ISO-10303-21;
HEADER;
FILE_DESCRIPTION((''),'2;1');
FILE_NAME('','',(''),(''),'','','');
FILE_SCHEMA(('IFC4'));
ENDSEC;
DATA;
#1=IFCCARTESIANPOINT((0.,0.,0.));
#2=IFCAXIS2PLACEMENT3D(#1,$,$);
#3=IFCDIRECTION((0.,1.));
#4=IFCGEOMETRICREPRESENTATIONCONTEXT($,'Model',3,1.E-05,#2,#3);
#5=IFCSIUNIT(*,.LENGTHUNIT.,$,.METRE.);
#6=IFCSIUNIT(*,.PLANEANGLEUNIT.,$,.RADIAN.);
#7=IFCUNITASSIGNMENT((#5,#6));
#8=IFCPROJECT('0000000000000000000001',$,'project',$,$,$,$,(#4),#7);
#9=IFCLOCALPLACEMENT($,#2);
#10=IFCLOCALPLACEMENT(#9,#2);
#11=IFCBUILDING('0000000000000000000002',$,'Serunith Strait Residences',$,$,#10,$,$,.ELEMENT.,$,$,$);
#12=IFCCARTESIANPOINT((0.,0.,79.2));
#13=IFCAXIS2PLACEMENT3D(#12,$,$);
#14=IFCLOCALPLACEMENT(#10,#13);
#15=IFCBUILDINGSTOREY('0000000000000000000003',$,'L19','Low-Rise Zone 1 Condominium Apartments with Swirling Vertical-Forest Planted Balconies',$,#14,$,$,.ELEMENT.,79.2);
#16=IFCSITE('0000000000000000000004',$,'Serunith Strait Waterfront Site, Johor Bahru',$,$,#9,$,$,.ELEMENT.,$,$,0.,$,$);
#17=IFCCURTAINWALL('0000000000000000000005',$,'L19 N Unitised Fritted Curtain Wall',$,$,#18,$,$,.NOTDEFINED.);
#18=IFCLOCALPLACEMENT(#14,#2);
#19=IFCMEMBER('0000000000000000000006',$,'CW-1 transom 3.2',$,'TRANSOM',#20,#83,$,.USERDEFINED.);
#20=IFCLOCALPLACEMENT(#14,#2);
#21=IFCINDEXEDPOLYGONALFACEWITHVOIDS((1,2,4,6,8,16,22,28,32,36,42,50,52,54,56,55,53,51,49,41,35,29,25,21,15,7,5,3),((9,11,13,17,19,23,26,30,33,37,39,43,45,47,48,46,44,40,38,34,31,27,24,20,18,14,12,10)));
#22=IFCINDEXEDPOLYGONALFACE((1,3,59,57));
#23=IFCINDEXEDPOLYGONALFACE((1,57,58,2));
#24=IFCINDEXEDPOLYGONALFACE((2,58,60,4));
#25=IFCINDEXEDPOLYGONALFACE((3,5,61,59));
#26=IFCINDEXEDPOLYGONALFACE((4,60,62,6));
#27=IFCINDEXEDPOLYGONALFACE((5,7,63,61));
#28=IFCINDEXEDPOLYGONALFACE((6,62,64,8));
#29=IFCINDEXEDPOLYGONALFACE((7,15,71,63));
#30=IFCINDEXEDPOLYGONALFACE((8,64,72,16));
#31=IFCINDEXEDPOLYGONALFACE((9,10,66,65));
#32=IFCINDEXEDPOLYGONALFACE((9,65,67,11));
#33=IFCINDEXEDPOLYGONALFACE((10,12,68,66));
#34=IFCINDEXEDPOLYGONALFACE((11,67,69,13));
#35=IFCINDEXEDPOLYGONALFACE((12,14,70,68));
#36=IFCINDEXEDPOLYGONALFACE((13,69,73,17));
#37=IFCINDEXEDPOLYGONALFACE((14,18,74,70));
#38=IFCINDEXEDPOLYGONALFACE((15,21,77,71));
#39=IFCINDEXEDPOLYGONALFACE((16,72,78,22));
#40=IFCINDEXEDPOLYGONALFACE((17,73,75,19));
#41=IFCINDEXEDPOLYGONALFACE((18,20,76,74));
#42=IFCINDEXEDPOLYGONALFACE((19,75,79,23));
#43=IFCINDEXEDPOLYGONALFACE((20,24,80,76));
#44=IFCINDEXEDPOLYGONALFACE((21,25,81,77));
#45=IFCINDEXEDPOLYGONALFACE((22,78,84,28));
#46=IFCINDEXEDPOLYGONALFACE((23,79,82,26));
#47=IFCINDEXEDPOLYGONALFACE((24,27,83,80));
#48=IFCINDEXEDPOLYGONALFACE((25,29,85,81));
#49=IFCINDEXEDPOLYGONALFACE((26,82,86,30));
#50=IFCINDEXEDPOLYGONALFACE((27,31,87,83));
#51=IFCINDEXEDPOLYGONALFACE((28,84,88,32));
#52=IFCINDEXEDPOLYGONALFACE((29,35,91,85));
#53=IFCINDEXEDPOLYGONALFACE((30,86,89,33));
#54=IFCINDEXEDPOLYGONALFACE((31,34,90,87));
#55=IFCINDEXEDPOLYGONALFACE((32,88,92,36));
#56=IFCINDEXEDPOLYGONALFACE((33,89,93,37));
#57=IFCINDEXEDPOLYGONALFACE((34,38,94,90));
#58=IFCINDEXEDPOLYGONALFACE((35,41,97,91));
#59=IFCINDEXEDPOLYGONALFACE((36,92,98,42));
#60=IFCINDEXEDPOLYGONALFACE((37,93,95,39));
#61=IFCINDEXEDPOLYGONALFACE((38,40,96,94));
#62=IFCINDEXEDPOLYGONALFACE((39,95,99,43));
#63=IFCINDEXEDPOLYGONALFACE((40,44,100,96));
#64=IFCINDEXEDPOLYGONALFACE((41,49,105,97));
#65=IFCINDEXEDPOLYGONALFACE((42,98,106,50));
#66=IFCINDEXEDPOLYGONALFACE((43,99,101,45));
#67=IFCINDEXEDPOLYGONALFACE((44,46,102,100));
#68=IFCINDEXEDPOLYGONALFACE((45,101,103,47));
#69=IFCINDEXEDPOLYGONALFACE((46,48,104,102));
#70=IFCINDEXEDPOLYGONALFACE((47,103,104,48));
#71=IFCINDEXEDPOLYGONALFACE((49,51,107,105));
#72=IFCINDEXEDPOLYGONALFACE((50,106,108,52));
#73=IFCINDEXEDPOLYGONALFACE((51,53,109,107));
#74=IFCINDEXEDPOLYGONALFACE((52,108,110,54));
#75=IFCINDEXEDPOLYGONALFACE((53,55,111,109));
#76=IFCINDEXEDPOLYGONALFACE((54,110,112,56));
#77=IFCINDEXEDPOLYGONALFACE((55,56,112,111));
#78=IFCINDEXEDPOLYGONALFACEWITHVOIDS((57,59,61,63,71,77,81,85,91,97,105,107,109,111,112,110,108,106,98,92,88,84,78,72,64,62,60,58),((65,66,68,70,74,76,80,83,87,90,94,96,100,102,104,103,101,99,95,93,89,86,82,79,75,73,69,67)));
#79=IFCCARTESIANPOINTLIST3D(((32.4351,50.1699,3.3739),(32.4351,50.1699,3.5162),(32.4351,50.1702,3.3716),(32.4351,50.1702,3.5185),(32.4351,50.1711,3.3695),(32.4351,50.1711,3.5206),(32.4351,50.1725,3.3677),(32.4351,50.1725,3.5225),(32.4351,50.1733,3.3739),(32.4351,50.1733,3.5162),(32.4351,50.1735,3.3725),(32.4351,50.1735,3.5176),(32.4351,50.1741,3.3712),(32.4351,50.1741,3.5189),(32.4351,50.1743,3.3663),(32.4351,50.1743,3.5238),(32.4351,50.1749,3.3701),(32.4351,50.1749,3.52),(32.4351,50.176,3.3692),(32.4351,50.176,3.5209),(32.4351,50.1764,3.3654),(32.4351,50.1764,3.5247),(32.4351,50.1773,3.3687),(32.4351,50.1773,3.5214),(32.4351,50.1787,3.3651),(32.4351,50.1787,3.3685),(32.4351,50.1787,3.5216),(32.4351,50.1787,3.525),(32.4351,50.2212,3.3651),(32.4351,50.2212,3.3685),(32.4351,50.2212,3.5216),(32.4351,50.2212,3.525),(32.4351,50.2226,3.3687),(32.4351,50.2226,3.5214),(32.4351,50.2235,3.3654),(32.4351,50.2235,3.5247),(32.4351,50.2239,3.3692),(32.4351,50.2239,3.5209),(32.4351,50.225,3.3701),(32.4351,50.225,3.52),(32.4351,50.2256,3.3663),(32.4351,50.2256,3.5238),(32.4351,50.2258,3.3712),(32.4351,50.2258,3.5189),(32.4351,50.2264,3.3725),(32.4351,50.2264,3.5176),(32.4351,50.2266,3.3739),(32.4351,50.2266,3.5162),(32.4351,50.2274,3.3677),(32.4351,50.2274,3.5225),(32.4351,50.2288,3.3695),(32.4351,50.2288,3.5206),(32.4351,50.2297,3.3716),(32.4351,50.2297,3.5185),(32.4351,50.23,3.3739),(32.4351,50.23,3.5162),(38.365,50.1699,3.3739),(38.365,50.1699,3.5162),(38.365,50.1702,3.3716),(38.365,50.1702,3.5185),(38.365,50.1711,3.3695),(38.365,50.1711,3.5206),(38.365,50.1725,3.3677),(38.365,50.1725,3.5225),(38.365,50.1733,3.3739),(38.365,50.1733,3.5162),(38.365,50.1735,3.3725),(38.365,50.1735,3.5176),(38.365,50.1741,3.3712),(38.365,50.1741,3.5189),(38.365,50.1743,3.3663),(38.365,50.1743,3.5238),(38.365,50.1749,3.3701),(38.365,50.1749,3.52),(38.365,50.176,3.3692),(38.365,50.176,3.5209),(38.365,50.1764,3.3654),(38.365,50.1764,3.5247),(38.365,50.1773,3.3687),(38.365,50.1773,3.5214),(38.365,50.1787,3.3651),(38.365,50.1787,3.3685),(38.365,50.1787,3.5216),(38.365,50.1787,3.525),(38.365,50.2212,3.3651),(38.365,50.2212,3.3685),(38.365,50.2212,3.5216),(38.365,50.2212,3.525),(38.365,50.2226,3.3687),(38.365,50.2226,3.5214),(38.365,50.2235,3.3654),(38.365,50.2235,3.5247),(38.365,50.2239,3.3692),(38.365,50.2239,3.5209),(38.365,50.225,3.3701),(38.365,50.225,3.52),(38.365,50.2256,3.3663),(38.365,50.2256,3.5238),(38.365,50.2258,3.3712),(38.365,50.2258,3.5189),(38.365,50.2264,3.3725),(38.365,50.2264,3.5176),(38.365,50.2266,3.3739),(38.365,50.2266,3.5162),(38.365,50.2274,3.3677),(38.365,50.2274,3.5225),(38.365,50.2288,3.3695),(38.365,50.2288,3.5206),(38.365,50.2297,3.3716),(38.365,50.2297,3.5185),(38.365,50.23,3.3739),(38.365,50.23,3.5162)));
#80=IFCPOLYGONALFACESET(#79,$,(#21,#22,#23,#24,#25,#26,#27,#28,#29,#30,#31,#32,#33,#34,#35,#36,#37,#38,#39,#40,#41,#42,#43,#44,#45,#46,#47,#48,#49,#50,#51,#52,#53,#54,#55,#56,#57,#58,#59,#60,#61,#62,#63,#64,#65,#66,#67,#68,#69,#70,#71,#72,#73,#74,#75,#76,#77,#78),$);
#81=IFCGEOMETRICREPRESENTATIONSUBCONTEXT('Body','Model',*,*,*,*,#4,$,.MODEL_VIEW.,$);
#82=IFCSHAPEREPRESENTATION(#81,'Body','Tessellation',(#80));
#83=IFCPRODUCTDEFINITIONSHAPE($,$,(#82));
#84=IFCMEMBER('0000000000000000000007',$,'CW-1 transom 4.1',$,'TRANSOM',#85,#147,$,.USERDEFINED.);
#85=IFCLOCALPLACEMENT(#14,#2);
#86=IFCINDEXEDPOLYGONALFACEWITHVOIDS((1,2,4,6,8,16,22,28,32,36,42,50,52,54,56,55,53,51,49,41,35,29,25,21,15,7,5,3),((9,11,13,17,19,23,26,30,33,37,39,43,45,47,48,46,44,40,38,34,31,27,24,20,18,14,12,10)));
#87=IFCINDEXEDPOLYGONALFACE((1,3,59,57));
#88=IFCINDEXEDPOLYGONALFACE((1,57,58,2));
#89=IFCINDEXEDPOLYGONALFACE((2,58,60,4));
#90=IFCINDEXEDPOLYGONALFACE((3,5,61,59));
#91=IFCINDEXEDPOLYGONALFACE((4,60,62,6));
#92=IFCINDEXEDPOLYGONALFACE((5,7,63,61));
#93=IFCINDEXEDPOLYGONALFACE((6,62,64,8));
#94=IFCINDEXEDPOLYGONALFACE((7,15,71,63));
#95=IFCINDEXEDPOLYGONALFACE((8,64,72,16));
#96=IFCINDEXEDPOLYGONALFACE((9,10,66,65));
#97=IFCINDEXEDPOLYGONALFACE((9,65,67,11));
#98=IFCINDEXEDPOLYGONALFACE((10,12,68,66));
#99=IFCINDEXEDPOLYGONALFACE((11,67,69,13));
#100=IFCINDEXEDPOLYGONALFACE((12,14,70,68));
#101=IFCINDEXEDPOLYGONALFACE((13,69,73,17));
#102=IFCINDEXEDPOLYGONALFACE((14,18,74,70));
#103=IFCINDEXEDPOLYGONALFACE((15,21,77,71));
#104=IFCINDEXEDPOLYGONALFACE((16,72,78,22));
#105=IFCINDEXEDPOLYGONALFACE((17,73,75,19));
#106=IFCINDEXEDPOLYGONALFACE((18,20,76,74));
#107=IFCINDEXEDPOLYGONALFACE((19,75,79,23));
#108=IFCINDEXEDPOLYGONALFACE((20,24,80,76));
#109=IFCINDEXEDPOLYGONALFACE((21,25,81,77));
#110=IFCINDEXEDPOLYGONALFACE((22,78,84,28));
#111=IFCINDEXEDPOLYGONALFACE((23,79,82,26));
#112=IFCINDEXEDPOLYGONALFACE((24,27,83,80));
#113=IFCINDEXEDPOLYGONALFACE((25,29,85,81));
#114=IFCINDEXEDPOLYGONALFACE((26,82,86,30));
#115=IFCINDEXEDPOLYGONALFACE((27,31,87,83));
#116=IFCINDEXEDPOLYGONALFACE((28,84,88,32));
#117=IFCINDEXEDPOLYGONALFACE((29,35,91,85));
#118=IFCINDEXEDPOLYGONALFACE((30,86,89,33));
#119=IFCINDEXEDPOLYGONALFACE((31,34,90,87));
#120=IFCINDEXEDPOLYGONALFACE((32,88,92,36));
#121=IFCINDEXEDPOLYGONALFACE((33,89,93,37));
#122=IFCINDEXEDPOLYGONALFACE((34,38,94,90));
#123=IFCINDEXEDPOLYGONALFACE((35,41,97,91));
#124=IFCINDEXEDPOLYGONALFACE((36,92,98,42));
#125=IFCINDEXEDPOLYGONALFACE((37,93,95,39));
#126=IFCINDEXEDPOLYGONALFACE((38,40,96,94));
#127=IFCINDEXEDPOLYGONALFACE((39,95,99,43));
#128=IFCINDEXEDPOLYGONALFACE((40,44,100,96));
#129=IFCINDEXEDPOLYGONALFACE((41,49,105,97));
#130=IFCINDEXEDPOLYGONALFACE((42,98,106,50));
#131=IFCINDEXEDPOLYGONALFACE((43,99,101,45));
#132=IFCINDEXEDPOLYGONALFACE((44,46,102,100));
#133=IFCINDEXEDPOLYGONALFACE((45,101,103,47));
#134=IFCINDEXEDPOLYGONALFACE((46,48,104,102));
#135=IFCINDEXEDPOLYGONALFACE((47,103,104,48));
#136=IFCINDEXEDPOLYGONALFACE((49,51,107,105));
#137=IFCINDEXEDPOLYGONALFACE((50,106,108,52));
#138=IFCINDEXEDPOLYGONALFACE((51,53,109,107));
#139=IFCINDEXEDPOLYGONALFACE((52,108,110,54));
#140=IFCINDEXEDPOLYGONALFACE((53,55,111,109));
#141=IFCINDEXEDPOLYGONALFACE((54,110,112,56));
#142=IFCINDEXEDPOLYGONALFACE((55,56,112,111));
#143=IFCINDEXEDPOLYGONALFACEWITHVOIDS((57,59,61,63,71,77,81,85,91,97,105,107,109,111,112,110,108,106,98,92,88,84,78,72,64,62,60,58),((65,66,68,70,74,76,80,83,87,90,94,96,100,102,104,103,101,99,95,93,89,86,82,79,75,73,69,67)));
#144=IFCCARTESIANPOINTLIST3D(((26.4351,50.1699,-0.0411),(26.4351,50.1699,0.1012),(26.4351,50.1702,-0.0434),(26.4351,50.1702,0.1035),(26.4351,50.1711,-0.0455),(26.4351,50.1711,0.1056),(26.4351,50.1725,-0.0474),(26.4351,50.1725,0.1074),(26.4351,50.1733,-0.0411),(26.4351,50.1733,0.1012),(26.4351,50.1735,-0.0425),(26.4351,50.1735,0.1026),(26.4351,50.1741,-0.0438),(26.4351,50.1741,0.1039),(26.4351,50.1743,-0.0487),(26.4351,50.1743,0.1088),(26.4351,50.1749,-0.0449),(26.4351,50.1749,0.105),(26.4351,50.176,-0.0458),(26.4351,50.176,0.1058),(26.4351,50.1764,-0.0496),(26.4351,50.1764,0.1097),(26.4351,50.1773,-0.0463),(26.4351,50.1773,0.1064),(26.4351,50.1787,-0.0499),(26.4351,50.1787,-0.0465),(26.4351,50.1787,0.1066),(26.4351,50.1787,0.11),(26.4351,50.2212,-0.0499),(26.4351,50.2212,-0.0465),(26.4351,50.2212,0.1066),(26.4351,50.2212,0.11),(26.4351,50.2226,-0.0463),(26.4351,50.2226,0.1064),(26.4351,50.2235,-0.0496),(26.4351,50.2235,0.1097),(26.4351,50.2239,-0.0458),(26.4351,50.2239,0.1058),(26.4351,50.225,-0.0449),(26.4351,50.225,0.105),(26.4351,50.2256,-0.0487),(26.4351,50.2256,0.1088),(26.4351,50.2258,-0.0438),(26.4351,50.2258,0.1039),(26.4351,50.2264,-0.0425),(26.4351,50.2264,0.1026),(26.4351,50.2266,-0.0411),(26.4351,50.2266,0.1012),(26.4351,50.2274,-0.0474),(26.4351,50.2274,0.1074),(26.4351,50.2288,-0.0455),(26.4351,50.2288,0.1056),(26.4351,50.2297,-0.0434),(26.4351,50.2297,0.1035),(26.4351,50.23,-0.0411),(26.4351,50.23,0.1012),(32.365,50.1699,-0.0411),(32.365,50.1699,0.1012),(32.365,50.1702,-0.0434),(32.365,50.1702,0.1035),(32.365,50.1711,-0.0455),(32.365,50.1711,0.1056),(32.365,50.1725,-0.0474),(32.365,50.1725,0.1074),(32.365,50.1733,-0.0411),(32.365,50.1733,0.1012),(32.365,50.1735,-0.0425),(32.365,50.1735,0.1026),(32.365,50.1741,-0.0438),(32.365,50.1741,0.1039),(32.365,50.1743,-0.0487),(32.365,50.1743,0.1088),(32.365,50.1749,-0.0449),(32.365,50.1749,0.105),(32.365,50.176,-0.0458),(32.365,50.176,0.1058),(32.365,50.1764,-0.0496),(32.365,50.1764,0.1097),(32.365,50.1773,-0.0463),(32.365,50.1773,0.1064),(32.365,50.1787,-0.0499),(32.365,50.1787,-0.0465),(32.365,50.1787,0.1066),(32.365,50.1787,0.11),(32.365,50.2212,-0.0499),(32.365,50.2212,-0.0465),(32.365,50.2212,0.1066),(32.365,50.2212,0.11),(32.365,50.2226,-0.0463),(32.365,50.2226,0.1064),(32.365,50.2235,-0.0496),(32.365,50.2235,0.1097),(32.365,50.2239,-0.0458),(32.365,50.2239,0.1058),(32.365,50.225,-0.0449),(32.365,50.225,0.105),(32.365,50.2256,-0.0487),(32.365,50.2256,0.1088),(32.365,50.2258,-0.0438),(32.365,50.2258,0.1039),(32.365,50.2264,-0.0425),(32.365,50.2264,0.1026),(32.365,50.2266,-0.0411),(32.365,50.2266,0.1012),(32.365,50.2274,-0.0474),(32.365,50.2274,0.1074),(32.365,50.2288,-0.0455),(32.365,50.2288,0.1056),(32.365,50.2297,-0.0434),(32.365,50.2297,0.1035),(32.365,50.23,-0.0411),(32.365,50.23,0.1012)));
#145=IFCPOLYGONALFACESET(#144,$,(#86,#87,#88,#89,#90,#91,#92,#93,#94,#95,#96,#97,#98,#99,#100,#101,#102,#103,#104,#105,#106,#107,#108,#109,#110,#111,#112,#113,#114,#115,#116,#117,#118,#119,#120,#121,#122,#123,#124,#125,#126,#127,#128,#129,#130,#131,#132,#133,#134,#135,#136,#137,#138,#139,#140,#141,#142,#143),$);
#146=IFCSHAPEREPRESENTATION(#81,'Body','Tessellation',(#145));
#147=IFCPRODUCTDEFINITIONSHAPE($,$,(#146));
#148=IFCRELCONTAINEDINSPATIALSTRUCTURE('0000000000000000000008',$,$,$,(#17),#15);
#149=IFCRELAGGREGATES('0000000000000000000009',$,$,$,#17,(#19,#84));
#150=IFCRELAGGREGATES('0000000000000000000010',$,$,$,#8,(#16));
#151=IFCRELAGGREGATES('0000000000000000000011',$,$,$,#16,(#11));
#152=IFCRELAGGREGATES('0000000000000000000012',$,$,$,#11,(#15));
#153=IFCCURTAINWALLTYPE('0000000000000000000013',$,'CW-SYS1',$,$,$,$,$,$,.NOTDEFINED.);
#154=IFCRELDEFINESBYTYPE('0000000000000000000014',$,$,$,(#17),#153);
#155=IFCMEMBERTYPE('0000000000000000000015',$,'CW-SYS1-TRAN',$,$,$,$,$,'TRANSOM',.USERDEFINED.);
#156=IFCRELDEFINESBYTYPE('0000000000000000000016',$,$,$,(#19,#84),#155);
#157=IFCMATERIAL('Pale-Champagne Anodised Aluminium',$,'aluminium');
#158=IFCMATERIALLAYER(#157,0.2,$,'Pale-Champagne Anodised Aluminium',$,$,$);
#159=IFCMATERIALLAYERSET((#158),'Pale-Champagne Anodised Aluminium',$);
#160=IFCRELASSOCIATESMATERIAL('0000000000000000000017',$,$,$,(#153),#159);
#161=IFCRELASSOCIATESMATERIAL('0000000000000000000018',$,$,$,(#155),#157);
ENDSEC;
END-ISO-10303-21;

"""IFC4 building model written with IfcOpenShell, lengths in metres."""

from ifc_helpers import new_model, si_unit, direction, frame, origin, origin_2d, place, context, subcontext, project, spatial, hollow_rectangle, extrude, source, transform, mapped, material, layer, layer_set, material_profile, profile_set, type_object, element, aggregate, save


model = new_model("IFC4")

# Units and contexts
model_context = context("Model", 3, precision=1e-05, world=origin(), true_north=direction((0.0, 1.0)))
body_context = subcontext(model_context, "Body", "Model", "MODEL_VIEW")
ifc_project = project(units=[si_unit("LENGTHUNIT", "METRE"), si_unit("PLANEANGLEUNIT", "RADIAN")], contexts=[model_context])

# Site, building, storey
site_placement = place(None, origin())
site = spatial("IfcSite", under=ifc_project, at=site_placement, Name="Serunith Strait Waterfront Site, Johor Bahru", CompositionType="ELEMENT", RefElevation=0.0)
building_placement = place(site_placement, origin())
building = spatial("IfcBuilding", under=site, at=building_placement, Name="Serunith Strait Residences", CompositionType="ELEMENT")
storey_placement = place(building_placement, frame((0.0, 0.0, 79.2)))
storey = spatial("IfcBuildingStorey", under=building, at=storey_placement, Name="L19", Description="Low-Rise Zone 1 Condominium Apartments with Swirling Vertical-Forest Planted Balconies", CompositionType="ELEMENT", Elevation=79.2)

# Curtain wall, members
ifc_material_1 = material(Name="Pale-Champagne Anodised Aluminium", Category="aluminium")
ifc_layer_1 = layer(ifc_material_1, 0.2, Name="Pale-Champagne Anodised Aluminium")
ifc_layer_set_1 = layer_set([ifc_layer_1], Name="Pale-Champagne Anodised Aluminium")
curtain_wall_type = type_object("IfcCurtainWallType", Name="CW-SYS1", PredefinedType="NOTDEFINED", material=ifc_layer_set_1)
curtain_wall_placement = place(storey_placement, origin())
curtain_wall = element("IfcCurtainWall", 1, at=curtain_wall_placement, inside=storey, type_object=curtain_wall_type, Name="L19 N Unitised Fritted Curtain Wall", PredefinedType="NOTDEFINED")
ifc_material_profile_1 = material_profile(ifc_material_1, hollow_rectangle(XDim=0.0601, YDim=0.1599, WallThickness=0.0034, InnerFilletRadius=0.0054, OuterFilletRadius=0.0088, at=origin_2d()), Name="ALU 160x60x3.5")
ifc_profile_set_1 = profile_set([ifc_material_profile_1], Name="Pale-Champagne Anodised Aluminium")
member_type_1 = type_object("IfcMemberType", Name="CW-SYS1-TRAN", ElementType="TRANSOM", PredefinedType="USERDEFINED", material=ifc_profile_set_1)
shared_shape_1 = source(origin(), body_context, "Body", "SweptSolid", [
    extrude(hollow_rectangle(XDim=0.0601, YDim=0.1599, WallThickness=0.0034, InnerFilletRadius=0.0054, OuterFilletRadius=0.0088, at=origin_2d()), origin(), (0.0, 0.0, 1.0), 5.9299),
])
member_1_placement = place(storey_placement, frame((38.365, 50.2, 3.4451), z_axis=(-1.0, 0.0, 0.0), x_axis=(0.0, -1.0, 0.0)))
member_1 = element("IfcMember", 2, at=member_1_placement, type_object=member_type_1, Name="CW-1 transom 3.2", ObjectType="TRANSOM", PredefinedType="USERDEFINED", context=body_context, shape_type="MappedRepresentation", body=[
    mapped(shared_shape_1, transform((0.0, 0.0, 0.0), scale=1.0)),
])
member_2_placement = place(storey_placement, frame((32.365, 50.2, 0.03), z_axis=(-1.0, 0.0, 0.0), x_axis=(0.0, -1.0, 0.0)))
member_2 = element("IfcMember", 3, at=member_2_placement, type_object=member_type_1, Name="CW-1 transom 4.1", ObjectType="TRANSOM", PredefinedType="USERDEFINED", context=body_context, shape_type="MappedRepresentation", body=[
    mapped(shared_shape_1, transform((0.0, 0.0, 0.0), scale=1.0)),
])
aggregate(curtain_wall, [member_1, member_2])

save(model, "model.ifc")
